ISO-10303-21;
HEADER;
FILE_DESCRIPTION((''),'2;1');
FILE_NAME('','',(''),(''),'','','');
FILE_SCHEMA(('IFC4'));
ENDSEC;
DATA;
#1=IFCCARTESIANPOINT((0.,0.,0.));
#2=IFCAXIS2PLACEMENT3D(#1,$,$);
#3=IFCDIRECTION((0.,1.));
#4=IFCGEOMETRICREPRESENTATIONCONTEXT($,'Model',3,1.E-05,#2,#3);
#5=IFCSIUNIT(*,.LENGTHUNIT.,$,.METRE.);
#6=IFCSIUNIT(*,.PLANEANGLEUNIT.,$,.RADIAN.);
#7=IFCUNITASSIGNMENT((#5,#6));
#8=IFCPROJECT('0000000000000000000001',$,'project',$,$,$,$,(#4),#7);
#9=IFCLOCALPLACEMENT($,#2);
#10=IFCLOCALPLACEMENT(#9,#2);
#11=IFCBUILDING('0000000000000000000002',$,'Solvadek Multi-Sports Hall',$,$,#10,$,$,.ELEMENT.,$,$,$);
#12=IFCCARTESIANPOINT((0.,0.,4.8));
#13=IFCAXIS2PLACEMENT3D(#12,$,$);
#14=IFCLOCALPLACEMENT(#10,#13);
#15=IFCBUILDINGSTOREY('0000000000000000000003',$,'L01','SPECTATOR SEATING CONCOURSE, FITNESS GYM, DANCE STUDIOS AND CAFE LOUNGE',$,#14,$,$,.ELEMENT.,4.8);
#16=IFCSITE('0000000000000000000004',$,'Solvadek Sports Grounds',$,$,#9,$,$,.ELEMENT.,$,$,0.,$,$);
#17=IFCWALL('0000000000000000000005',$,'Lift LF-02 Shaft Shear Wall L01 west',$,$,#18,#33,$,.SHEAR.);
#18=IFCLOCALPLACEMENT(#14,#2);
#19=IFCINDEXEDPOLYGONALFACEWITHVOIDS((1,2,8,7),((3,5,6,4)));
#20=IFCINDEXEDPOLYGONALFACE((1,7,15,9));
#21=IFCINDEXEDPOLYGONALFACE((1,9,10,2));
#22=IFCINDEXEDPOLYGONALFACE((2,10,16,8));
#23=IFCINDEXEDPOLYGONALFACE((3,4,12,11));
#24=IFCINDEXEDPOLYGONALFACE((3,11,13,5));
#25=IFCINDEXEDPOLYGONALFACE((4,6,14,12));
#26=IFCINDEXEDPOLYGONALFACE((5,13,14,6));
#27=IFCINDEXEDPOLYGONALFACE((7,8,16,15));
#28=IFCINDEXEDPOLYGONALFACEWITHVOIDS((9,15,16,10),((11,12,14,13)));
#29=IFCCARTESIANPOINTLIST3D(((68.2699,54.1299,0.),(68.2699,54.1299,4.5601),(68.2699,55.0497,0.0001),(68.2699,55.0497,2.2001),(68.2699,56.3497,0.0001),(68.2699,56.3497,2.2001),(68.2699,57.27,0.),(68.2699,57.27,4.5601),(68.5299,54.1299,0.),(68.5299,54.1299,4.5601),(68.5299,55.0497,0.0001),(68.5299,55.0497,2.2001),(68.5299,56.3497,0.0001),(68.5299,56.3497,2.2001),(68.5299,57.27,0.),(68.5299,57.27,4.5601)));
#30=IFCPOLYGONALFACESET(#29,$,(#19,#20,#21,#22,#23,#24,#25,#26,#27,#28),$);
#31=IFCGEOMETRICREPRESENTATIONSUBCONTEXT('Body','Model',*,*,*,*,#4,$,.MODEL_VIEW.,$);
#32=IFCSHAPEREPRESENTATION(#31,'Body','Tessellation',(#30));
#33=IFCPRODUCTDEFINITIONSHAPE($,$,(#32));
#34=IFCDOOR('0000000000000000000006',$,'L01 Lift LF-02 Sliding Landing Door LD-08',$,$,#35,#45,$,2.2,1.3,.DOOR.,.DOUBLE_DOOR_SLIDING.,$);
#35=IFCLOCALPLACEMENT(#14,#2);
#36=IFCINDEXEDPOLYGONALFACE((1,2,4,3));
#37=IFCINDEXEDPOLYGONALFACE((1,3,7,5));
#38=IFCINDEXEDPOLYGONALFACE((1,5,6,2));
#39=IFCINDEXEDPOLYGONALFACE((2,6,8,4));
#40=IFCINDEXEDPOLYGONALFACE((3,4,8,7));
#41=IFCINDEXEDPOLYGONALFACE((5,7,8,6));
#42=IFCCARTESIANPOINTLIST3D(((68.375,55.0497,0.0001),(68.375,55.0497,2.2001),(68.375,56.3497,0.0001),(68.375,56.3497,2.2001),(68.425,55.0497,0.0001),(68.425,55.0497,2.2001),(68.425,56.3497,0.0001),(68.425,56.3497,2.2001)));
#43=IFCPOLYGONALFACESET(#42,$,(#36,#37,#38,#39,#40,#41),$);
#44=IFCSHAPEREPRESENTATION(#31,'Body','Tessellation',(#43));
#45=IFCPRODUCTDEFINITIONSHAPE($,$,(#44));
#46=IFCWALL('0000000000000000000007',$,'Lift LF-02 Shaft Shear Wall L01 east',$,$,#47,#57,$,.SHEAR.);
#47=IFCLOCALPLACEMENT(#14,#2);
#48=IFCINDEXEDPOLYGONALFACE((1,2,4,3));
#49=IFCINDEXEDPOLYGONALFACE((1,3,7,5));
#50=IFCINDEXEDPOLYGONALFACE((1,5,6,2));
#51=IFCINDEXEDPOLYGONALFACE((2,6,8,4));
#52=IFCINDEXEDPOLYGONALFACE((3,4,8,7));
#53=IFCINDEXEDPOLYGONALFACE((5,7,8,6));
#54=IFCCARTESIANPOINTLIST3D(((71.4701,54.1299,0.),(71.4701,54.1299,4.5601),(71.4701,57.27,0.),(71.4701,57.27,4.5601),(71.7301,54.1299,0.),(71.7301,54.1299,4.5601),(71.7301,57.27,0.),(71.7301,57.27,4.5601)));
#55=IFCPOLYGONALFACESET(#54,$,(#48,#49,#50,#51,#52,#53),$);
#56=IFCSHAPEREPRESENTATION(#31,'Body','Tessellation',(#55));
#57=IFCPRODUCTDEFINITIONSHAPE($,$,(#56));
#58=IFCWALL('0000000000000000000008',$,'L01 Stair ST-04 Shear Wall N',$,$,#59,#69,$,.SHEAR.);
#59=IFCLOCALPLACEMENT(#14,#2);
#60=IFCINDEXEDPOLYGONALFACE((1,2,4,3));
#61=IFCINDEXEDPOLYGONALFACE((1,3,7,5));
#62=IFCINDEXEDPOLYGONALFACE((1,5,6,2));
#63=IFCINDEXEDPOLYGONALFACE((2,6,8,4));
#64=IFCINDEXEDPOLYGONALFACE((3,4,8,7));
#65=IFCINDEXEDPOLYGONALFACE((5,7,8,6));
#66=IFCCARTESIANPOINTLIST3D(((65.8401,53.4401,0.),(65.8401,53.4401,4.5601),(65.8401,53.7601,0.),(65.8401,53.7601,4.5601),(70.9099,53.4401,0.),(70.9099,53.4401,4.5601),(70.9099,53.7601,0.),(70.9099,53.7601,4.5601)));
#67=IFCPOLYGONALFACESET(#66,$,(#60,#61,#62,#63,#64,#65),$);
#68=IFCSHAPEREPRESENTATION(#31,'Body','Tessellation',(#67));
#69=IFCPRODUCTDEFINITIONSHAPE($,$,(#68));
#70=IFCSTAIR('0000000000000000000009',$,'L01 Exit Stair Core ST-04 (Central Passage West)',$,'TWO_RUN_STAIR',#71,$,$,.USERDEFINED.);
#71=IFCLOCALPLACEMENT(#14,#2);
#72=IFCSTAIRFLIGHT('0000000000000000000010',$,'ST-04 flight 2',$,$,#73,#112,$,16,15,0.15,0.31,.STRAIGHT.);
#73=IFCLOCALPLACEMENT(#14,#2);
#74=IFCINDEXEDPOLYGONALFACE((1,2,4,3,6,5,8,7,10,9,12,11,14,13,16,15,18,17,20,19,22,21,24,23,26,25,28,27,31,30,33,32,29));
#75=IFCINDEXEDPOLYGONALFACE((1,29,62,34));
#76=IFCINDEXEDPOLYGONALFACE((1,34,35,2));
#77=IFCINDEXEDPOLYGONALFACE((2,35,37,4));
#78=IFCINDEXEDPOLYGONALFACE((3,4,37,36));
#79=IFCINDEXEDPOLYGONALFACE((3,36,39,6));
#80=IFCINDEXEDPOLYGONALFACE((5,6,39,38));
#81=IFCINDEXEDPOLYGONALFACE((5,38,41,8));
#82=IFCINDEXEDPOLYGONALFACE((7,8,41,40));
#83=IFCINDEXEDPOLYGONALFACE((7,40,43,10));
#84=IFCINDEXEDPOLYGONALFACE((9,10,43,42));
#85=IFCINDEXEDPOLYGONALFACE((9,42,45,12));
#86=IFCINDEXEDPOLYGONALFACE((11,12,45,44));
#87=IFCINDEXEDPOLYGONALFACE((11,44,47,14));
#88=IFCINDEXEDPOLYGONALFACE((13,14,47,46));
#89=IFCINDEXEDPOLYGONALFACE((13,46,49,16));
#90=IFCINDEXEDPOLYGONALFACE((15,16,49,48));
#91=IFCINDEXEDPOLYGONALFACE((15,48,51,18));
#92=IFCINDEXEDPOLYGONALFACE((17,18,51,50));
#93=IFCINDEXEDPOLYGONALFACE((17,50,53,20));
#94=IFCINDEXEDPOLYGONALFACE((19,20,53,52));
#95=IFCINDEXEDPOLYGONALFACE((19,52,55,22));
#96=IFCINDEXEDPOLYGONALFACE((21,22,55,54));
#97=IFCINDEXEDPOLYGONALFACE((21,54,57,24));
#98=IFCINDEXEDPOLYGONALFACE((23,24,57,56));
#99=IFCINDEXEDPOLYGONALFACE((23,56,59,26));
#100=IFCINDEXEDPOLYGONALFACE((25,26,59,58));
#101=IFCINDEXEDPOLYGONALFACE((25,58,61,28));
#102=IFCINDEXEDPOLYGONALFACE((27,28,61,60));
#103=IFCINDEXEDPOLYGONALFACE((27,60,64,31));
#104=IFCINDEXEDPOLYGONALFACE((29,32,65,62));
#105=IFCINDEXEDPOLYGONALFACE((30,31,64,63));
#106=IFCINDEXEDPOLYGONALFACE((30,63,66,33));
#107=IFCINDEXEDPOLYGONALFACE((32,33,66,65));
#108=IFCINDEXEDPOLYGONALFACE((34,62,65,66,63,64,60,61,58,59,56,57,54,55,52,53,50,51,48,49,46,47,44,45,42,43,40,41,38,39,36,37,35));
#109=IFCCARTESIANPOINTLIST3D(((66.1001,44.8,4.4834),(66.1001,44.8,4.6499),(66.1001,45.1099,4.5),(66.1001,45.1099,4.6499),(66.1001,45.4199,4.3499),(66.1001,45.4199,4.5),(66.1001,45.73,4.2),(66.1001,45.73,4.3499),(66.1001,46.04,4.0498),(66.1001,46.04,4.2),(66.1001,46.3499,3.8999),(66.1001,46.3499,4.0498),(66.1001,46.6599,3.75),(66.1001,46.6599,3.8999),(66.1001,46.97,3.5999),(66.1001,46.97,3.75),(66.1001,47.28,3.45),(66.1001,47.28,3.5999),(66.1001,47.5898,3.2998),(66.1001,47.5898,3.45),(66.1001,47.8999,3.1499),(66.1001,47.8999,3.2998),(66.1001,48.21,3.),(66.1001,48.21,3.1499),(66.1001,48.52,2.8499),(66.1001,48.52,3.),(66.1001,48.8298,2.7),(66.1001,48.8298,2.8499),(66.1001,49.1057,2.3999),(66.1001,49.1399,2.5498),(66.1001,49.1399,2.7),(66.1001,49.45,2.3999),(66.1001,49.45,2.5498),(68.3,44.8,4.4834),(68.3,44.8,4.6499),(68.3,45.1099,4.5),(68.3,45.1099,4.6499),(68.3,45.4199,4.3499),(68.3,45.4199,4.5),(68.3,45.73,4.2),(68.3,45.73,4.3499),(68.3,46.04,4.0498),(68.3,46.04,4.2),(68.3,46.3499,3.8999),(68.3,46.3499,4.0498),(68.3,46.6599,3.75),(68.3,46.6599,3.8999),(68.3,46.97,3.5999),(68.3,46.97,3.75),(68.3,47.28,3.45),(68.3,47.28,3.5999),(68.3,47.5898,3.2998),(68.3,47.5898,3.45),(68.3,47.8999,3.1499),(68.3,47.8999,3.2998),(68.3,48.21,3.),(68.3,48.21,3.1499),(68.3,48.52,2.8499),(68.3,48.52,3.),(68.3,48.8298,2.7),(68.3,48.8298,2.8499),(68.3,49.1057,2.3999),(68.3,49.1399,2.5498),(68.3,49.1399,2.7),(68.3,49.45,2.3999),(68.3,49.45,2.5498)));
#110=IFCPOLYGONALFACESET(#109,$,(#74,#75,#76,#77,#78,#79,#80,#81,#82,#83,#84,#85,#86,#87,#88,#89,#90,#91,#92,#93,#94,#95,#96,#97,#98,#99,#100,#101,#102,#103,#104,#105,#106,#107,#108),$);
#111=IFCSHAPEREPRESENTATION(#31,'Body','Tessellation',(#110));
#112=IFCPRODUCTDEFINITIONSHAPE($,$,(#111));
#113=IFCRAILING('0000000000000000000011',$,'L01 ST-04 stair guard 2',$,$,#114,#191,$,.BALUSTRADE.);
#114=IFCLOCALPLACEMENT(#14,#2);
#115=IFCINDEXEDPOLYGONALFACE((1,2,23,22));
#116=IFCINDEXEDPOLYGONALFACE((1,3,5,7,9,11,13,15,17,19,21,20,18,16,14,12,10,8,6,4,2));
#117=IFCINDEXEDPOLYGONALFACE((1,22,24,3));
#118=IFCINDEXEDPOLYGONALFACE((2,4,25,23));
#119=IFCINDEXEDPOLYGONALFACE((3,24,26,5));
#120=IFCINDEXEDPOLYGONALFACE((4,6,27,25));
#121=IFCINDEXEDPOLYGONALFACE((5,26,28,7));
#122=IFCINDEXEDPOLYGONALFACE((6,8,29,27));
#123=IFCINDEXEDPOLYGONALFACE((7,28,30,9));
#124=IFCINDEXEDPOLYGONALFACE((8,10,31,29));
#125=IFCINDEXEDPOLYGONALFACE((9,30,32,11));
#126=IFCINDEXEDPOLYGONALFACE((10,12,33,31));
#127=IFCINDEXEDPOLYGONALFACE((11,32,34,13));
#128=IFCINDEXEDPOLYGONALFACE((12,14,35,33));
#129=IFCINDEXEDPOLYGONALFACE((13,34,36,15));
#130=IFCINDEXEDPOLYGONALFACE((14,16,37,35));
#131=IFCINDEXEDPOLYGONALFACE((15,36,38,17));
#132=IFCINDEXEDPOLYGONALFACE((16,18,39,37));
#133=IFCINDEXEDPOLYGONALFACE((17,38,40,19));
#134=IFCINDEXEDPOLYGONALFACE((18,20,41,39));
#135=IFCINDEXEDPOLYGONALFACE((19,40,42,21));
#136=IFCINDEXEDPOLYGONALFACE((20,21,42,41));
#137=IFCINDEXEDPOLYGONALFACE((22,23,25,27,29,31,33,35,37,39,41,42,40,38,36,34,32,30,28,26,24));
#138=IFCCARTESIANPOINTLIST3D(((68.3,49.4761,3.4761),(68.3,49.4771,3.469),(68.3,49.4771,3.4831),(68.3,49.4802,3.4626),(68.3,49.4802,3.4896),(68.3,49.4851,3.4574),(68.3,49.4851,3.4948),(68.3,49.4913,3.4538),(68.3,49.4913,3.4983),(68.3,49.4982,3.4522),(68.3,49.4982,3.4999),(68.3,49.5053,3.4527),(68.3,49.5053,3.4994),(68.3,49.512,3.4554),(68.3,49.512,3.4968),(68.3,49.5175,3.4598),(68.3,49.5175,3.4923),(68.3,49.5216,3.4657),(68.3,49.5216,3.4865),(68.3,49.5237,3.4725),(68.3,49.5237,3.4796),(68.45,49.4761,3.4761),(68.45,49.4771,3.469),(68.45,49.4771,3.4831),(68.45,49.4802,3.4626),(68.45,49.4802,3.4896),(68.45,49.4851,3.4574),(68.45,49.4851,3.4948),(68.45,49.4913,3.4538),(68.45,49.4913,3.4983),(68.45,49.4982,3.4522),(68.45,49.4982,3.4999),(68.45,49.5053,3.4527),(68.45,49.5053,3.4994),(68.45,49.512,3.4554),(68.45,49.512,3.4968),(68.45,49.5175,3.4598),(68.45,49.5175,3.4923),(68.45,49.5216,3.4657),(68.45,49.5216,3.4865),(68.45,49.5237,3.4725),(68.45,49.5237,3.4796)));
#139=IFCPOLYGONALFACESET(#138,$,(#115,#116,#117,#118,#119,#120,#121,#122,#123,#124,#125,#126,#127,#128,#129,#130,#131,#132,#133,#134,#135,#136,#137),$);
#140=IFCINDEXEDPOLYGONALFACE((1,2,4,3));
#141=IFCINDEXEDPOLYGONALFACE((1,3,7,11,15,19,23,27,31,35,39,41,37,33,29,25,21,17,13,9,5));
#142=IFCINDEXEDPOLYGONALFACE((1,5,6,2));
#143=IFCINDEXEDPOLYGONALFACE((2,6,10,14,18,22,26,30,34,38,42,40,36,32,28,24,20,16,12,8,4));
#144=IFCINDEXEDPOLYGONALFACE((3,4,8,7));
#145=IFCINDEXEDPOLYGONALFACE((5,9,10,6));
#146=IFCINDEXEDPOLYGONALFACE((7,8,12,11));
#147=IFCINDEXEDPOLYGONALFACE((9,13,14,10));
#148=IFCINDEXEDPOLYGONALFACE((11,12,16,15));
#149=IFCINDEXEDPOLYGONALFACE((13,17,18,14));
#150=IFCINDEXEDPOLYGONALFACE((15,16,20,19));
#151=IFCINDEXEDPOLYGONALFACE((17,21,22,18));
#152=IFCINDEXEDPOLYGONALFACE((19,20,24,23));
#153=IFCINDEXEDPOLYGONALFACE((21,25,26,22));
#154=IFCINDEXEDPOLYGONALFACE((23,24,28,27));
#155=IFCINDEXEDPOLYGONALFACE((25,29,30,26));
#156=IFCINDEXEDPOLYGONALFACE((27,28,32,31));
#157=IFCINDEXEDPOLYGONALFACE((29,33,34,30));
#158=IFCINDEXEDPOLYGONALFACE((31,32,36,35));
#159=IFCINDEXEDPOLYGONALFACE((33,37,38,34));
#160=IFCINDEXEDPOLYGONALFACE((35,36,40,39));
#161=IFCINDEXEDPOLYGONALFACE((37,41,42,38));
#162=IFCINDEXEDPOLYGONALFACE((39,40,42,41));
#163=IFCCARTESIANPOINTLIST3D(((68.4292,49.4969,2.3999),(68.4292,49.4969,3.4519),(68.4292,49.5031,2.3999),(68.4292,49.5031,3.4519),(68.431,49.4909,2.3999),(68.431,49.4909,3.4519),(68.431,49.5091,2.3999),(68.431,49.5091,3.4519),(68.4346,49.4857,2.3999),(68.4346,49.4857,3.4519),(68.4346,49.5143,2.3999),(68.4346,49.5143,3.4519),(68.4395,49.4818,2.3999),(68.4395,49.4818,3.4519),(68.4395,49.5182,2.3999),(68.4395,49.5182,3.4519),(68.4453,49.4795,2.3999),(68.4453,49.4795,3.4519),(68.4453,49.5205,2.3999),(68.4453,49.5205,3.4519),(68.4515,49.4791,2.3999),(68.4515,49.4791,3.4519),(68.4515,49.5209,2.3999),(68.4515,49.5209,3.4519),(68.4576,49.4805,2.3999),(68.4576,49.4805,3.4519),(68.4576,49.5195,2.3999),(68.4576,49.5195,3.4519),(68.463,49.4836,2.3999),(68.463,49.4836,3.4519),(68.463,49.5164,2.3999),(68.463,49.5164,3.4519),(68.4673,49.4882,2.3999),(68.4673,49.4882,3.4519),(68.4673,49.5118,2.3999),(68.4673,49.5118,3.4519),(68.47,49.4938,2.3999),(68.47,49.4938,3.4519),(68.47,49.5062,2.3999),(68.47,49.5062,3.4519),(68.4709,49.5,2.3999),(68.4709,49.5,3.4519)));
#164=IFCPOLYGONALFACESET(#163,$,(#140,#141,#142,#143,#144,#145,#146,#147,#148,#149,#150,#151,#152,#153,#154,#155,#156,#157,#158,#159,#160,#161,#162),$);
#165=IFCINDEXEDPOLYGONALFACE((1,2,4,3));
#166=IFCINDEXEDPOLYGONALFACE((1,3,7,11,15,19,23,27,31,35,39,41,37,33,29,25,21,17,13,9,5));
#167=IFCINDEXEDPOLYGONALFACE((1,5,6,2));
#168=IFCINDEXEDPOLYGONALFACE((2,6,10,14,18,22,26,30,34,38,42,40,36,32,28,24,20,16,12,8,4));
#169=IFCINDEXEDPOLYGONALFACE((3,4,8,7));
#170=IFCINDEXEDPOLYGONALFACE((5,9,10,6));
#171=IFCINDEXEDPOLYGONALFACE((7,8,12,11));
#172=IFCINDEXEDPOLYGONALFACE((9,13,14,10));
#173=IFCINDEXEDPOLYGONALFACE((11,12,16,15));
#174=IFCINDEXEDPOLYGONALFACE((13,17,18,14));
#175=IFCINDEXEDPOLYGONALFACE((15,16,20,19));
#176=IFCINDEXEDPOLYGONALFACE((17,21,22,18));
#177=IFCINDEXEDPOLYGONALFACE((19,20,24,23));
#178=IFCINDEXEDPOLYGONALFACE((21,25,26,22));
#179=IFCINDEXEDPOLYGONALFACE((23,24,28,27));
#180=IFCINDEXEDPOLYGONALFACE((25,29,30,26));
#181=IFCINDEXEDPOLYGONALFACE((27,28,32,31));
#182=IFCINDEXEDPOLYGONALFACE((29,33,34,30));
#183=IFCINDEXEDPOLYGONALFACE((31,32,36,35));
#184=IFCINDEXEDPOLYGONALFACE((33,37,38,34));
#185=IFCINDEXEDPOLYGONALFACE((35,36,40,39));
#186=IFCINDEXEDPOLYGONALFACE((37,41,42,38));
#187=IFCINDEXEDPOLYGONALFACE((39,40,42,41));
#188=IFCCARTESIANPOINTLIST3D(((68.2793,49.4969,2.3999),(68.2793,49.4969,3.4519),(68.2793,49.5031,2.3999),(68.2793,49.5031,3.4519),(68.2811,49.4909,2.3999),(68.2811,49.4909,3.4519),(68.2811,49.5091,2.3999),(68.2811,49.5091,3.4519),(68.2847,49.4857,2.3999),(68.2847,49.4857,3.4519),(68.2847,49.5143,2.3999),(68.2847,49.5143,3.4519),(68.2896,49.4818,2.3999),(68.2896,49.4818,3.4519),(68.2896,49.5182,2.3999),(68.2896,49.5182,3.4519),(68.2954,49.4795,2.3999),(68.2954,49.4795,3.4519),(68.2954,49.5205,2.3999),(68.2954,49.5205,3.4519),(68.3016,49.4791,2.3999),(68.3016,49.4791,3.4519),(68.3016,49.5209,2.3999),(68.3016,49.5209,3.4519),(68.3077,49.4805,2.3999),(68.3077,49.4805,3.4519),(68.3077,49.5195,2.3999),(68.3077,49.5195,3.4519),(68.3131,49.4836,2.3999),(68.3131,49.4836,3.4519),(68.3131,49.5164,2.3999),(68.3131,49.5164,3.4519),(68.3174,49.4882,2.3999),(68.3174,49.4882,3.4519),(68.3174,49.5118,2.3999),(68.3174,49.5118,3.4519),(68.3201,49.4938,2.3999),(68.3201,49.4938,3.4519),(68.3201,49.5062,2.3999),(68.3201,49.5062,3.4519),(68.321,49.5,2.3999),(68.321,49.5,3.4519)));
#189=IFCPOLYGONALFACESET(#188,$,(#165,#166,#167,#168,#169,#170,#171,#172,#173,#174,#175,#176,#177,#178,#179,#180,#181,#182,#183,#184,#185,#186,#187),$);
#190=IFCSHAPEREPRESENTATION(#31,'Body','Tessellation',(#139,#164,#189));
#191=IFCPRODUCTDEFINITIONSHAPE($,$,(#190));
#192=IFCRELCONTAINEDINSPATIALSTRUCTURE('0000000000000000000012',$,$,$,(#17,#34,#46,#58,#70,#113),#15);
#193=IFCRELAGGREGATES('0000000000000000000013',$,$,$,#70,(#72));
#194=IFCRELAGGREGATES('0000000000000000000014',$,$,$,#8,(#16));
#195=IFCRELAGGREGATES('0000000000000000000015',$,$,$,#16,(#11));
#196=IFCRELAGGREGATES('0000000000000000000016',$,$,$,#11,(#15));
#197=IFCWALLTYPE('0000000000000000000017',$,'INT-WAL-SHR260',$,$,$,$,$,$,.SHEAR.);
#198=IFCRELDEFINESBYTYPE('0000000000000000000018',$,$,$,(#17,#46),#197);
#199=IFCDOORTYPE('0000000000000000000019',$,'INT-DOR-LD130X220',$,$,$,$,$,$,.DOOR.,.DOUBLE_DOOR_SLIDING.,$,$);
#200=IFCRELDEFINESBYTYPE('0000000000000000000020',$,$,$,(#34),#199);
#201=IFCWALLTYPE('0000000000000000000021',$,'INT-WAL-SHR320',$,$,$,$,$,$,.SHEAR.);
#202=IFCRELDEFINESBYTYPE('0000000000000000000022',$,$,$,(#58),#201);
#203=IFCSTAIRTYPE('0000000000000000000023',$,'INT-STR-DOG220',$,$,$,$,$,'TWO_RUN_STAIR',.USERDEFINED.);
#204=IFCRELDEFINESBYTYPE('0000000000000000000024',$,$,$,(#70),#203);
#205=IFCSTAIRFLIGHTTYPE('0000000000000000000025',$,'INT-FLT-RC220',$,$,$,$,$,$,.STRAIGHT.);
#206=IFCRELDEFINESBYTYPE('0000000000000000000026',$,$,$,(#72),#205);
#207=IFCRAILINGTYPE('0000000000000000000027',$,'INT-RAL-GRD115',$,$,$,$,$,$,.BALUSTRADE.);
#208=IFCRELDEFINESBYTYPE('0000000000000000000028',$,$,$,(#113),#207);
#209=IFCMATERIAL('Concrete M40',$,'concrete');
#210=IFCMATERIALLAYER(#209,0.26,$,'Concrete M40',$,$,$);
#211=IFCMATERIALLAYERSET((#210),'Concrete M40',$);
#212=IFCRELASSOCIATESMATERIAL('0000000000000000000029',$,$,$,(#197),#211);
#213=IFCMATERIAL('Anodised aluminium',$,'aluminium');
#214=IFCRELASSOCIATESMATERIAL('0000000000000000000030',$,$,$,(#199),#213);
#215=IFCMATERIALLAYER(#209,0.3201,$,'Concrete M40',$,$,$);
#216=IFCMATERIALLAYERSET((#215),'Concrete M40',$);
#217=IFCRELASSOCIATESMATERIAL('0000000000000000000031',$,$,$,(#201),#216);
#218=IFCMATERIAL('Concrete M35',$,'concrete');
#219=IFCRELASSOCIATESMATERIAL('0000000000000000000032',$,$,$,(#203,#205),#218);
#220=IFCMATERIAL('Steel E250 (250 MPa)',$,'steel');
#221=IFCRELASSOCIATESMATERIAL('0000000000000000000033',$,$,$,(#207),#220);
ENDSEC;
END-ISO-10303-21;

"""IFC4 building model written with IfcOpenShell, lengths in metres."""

from ifc_helpers import new_model, si_unit, direction, frame, frame_2d, origin, origin_2d, place, context, subcontext, project, spatial, polyline, rectangle, circle, outline, extrude, material, layer, layer_set, type_object, element, fill, aggregate, save


model = new_model("IFC4")

# Units and contexts
model_context = context("Model", 3, precision=1e-05, world=origin(), true_north=direction((0.0, 1.0)))
body_context = subcontext(model_context, "Body", "Model", "MODEL_VIEW")
ifc_project = project(units=[si_unit("LENGTHUNIT", "METRE"), si_unit("PLANEANGLEUNIT", "RADIAN")], contexts=[model_context])

# Site, building, storey
site_placement = place(None, origin())
site = spatial("IfcSite", under=ifc_project, at=site_placement, Name="Solvadek Sports Grounds", CompositionType="ELEMENT", RefElevation=0.0)
building_placement = place(site_placement, origin())
building = spatial("IfcBuilding", under=site, at=building_placement, Name="Solvadek Multi-Sports Hall", CompositionType="ELEMENT")
storey_placement = place(building_placement, frame((0.0, 0.0, 4.8)))
storey = spatial("IfcBuildingStorey", under=building, at=storey_placement, Name="L01", Description="SPECTATOR SEATING CONCOURSE, FITNESS GYM, DANCE STUDIOS AND CAFE LOUNGE", CompositionType="ELEMENT", Elevation=4.8)

# Shared definitions
ifc_material_1 = material(Name="Anodised aluminium", Category="aluminium")

# Shared definitions
ifc_material_2 = material(Name="Steel E250 (250 MPa)", Category="steel")

# Shared definitions
ifc_material_3 = material(Name="Concrete M40", Category="concrete")
ifc_layer_1 = layer(ifc_material_3, 0.26, Name="Concrete M40")
ifc_layer_set_1 = layer_set([ifc_layer_1], Name="Concrete M40")
wall_type_1 = type_object("IfcWallType", Name="INT-WAL-SHR260", PredefinedType="SHEAR", material=ifc_layer_set_1)

# Wall, opening, door
wall_1_placement = place(storey_placement, frame((68.3999, 54.1299, 0.0), z_axis=(0.0, 0.0, 1.0), x_axis=(0.0, 1.0, 0.0)))
wall_1 = element("IfcWall", 1, at=wall_1_placement, inside=storey, type_object=wall_type_1, Name="Lift LF-02 Shaft Shear Wall L01 west", PredefinedType="SHEAR", context=body_context, shape_type="SweptSolid", body=[
    extrude(rectangle(XDim=3.1401, YDim=0.26, at=frame_2d((1.5701, 0.0))), origin(), (0.0, 0.0, 1.0), 4.5601),
])
opening_1_placement = place(wall_1_placement, frame((0.9199, 0.0, 0.0)))
opening_1 = element("IfcOpeningElement", 2, at=opening_1_placement, cuts=wall_1, PredefinedType="OPENING", context=body_context, shape_type="SweptSolid", body=[
    extrude(rectangle(XDim=1.3, YDim=2.2, at=frame_2d((0.6499, 1.1001))), frame((0.0, 0.1399, 0.0), z_axis=(0.0, -1.0, 0.0), x_axis=(1.0, 0.0, 0.0)), (0.0, 0.0, 1.0), 0.28),
])
door_type_1 = type_object("IfcDoorType", Name="INT-DOR-LD130X220", OperationType="DOUBLE_DOOR_SLIDING", PredefinedType="DOOR", material=ifc_material_1)
door_1_placement = place(opening_1_placement, origin())
door_1 = element("IfcDoor", 3, at=door_1_placement, inside=storey, type_object=door_type_1, Name="L01 Lift LF-02 Sliding Landing Door LD-08", OperationType="DOUBLE_DOOR_SLIDING", OverallHeight=2.2, OverallWidth=1.3, PredefinedType="DOOR", context=body_context, shape_type="SweptSolid", body=[
    extrude(rectangle(XDim=1.3, YDim=2.2, at=frame_2d((0.6499, 1.1001))), frame((0.0, 0.0249, 0.0), z_axis=(0.0, -1.0, 0.0), x_axis=(1.0, 0.0, 0.0)), (0.0, 0.0, 1.0), 0.05),
])
fill(opening_1, door_1)

# Walls
wall_2_placement = place(storey_placement, frame((71.6001, 54.1299, 0.0), z_axis=(0.0, 0.0, 1.0), x_axis=(0.0, 1.0, 0.0)))
element("IfcWall", 4, at=wall_2_placement, inside=storey, type_object=wall_type_1, Name="Lift LF-02 Shaft Shear Wall L01 east", PredefinedType="SHEAR", context=body_context, shape_type="SweptSolid", body=[
    extrude(rectangle(XDim=3.1401, YDim=0.26, at=frame_2d((1.5701, 0.0))), origin(), (0.0, 0.0, 1.0), 4.5601),
])
ifc_layer_2 = layer(ifc_material_3, 0.3201, Name="Concrete M40")
ifc_layer_set_2 = layer_set([ifc_layer_2], Name="Concrete M40")
wall_type_2 = type_object("IfcWallType", Name="INT-WAL-SHR320", PredefinedType="SHEAR", material=ifc_layer_set_2)
wall_3_placement = place(storey_placement, frame((65.8401, 53.6001, 0.0), z_axis=(0.0, 0.0, 1.0), x_axis=(1.0, 0.0, 0.0)))
element("IfcWall", 5, at=wall_3_placement, inside=storey, type_object=wall_type_2, Name="L01 Stair ST-04 Shear Wall N", PredefinedType="SHEAR", context=body_context, shape_type="SweptSolid", body=[
    extrude(rectangle(XDim=5.0698, YDim=0.3201, at=frame_2d((2.5349, 0.0))), origin(), (0.0, 0.0, 1.0), 4.5601),
])

# Stair, stair flight
ifc_material_4 = material(Name="Concrete M35", Category="concrete")
stair_type = type_object("IfcStairType", Name="INT-STR-DOG220", ElementType="TWO_RUN_STAIR", PredefinedType="USERDEFINED", material=ifc_material_4)
stair_placement = place(storey_placement, origin())
stair = element("IfcStair", 6, at=stair_placement, inside=storey, type_object=stair_type, Name="L01 Exit Stair Core ST-04 (Central Passage West)", ObjectType="TWO_RUN_STAIR", PredefinedType="USERDEFINED")
stair_flight_type = type_object("IfcStairFlightType", Name="INT-FLT-RC220", PredefinedType="STRAIGHT", material=ifc_material_4)
stair_flight_placement = place(storey_placement, frame((67.2, 49.45, 2.3999), z_axis=(0.0, 0.0, 1.0), x_axis=(0.0, -1.0, 0.0)))
stair_flight = element("IfcStairFlight", 7, at=stair_flight_placement, type_object=stair_flight_type, Name="ST-04 flight 2", NumberOfRisers=16, NumberOfTreads=15, PredefinedType="STRAIGHT", RiserHeight=0.15, TreadLength=0.31, context=body_context, shape_type="SweptSolid", body=[
    extrude(outline(polyline([(0.0, 0.0), (0.0, 0.1499), (0.3101, 0.1499), (0.3101, 0.3), (0.6201, 0.3), (0.6201, 0.45), (0.9299, 0.45), (0.9299, 0.6001), (1.24, 0.6001), (1.24, 0.75), (1.55, 0.75), (1.55, 0.8999), (1.8601, 0.8999), (1.8601, 1.05), (2.1699, 1.05), (2.1699, 1.2), (2.48, 1.2), (2.48, 1.3501), (2.79, 1.3501), (2.79, 1.5), (3.1001, 1.5), (3.1001, 1.6499), (3.4099, 1.6499), (3.4099, 1.8), (3.72, 1.8), (3.72, 1.95), (4.03, 1.95), (4.03, 2.1001), (4.3401, 2.1001), (4.3401, 2.25), (4.6499, 2.25), (4.6499, 2.3999), (4.6499, 2.0835), (0.3442, 0.0), (0.0, 0.0)])), frame((0.0, 1.1001, 0.0), z_axis=(0.0, -1.0, 0.0), x_axis=(1.0, 0.0, 0.0)), (0.0, 0.0, 1.0), 2.2),
])
aggregate(stair, [stair_flight])

# Railing
railing_type_1 = type_object("IfcRailingType", Name="INT-RAL-GRD115", PredefinedType="BALUSTRADE", material=ifc_material_2)
railing_1_placement = place(storey_placement, frame((68.45, 49.5, 2.3999)))
element("IfcRailing", 8, at=railing_1_placement, inside=storey, type_object=railing_type_1, Name="L01 ST-04 stair guard 2", PredefinedType="BALUSTRADE", context=body_context, shape_type="SweptSolid", body=[
    extrude(circle(Radius=0.0239, at=origin_2d()), frame((0.0, 0.0, 1.0762), z_axis=(-1.0, 0.0, 0.0), x_axis=(0.0, -1.0, 0.0)), (0.0, 0.0, 1.0), 0.1499),
    extrude(circle(Radius=0.021, at=origin_2d()), origin(), (0.0, 0.0, 1.0), 1.052),
    extrude(circle(Radius=0.021, at=origin_2d()), frame((-0.1499, 0.0, 0.0)), (0.0, 0.0, 1.0), 1.052),
])

save(model, "model.ifc")
